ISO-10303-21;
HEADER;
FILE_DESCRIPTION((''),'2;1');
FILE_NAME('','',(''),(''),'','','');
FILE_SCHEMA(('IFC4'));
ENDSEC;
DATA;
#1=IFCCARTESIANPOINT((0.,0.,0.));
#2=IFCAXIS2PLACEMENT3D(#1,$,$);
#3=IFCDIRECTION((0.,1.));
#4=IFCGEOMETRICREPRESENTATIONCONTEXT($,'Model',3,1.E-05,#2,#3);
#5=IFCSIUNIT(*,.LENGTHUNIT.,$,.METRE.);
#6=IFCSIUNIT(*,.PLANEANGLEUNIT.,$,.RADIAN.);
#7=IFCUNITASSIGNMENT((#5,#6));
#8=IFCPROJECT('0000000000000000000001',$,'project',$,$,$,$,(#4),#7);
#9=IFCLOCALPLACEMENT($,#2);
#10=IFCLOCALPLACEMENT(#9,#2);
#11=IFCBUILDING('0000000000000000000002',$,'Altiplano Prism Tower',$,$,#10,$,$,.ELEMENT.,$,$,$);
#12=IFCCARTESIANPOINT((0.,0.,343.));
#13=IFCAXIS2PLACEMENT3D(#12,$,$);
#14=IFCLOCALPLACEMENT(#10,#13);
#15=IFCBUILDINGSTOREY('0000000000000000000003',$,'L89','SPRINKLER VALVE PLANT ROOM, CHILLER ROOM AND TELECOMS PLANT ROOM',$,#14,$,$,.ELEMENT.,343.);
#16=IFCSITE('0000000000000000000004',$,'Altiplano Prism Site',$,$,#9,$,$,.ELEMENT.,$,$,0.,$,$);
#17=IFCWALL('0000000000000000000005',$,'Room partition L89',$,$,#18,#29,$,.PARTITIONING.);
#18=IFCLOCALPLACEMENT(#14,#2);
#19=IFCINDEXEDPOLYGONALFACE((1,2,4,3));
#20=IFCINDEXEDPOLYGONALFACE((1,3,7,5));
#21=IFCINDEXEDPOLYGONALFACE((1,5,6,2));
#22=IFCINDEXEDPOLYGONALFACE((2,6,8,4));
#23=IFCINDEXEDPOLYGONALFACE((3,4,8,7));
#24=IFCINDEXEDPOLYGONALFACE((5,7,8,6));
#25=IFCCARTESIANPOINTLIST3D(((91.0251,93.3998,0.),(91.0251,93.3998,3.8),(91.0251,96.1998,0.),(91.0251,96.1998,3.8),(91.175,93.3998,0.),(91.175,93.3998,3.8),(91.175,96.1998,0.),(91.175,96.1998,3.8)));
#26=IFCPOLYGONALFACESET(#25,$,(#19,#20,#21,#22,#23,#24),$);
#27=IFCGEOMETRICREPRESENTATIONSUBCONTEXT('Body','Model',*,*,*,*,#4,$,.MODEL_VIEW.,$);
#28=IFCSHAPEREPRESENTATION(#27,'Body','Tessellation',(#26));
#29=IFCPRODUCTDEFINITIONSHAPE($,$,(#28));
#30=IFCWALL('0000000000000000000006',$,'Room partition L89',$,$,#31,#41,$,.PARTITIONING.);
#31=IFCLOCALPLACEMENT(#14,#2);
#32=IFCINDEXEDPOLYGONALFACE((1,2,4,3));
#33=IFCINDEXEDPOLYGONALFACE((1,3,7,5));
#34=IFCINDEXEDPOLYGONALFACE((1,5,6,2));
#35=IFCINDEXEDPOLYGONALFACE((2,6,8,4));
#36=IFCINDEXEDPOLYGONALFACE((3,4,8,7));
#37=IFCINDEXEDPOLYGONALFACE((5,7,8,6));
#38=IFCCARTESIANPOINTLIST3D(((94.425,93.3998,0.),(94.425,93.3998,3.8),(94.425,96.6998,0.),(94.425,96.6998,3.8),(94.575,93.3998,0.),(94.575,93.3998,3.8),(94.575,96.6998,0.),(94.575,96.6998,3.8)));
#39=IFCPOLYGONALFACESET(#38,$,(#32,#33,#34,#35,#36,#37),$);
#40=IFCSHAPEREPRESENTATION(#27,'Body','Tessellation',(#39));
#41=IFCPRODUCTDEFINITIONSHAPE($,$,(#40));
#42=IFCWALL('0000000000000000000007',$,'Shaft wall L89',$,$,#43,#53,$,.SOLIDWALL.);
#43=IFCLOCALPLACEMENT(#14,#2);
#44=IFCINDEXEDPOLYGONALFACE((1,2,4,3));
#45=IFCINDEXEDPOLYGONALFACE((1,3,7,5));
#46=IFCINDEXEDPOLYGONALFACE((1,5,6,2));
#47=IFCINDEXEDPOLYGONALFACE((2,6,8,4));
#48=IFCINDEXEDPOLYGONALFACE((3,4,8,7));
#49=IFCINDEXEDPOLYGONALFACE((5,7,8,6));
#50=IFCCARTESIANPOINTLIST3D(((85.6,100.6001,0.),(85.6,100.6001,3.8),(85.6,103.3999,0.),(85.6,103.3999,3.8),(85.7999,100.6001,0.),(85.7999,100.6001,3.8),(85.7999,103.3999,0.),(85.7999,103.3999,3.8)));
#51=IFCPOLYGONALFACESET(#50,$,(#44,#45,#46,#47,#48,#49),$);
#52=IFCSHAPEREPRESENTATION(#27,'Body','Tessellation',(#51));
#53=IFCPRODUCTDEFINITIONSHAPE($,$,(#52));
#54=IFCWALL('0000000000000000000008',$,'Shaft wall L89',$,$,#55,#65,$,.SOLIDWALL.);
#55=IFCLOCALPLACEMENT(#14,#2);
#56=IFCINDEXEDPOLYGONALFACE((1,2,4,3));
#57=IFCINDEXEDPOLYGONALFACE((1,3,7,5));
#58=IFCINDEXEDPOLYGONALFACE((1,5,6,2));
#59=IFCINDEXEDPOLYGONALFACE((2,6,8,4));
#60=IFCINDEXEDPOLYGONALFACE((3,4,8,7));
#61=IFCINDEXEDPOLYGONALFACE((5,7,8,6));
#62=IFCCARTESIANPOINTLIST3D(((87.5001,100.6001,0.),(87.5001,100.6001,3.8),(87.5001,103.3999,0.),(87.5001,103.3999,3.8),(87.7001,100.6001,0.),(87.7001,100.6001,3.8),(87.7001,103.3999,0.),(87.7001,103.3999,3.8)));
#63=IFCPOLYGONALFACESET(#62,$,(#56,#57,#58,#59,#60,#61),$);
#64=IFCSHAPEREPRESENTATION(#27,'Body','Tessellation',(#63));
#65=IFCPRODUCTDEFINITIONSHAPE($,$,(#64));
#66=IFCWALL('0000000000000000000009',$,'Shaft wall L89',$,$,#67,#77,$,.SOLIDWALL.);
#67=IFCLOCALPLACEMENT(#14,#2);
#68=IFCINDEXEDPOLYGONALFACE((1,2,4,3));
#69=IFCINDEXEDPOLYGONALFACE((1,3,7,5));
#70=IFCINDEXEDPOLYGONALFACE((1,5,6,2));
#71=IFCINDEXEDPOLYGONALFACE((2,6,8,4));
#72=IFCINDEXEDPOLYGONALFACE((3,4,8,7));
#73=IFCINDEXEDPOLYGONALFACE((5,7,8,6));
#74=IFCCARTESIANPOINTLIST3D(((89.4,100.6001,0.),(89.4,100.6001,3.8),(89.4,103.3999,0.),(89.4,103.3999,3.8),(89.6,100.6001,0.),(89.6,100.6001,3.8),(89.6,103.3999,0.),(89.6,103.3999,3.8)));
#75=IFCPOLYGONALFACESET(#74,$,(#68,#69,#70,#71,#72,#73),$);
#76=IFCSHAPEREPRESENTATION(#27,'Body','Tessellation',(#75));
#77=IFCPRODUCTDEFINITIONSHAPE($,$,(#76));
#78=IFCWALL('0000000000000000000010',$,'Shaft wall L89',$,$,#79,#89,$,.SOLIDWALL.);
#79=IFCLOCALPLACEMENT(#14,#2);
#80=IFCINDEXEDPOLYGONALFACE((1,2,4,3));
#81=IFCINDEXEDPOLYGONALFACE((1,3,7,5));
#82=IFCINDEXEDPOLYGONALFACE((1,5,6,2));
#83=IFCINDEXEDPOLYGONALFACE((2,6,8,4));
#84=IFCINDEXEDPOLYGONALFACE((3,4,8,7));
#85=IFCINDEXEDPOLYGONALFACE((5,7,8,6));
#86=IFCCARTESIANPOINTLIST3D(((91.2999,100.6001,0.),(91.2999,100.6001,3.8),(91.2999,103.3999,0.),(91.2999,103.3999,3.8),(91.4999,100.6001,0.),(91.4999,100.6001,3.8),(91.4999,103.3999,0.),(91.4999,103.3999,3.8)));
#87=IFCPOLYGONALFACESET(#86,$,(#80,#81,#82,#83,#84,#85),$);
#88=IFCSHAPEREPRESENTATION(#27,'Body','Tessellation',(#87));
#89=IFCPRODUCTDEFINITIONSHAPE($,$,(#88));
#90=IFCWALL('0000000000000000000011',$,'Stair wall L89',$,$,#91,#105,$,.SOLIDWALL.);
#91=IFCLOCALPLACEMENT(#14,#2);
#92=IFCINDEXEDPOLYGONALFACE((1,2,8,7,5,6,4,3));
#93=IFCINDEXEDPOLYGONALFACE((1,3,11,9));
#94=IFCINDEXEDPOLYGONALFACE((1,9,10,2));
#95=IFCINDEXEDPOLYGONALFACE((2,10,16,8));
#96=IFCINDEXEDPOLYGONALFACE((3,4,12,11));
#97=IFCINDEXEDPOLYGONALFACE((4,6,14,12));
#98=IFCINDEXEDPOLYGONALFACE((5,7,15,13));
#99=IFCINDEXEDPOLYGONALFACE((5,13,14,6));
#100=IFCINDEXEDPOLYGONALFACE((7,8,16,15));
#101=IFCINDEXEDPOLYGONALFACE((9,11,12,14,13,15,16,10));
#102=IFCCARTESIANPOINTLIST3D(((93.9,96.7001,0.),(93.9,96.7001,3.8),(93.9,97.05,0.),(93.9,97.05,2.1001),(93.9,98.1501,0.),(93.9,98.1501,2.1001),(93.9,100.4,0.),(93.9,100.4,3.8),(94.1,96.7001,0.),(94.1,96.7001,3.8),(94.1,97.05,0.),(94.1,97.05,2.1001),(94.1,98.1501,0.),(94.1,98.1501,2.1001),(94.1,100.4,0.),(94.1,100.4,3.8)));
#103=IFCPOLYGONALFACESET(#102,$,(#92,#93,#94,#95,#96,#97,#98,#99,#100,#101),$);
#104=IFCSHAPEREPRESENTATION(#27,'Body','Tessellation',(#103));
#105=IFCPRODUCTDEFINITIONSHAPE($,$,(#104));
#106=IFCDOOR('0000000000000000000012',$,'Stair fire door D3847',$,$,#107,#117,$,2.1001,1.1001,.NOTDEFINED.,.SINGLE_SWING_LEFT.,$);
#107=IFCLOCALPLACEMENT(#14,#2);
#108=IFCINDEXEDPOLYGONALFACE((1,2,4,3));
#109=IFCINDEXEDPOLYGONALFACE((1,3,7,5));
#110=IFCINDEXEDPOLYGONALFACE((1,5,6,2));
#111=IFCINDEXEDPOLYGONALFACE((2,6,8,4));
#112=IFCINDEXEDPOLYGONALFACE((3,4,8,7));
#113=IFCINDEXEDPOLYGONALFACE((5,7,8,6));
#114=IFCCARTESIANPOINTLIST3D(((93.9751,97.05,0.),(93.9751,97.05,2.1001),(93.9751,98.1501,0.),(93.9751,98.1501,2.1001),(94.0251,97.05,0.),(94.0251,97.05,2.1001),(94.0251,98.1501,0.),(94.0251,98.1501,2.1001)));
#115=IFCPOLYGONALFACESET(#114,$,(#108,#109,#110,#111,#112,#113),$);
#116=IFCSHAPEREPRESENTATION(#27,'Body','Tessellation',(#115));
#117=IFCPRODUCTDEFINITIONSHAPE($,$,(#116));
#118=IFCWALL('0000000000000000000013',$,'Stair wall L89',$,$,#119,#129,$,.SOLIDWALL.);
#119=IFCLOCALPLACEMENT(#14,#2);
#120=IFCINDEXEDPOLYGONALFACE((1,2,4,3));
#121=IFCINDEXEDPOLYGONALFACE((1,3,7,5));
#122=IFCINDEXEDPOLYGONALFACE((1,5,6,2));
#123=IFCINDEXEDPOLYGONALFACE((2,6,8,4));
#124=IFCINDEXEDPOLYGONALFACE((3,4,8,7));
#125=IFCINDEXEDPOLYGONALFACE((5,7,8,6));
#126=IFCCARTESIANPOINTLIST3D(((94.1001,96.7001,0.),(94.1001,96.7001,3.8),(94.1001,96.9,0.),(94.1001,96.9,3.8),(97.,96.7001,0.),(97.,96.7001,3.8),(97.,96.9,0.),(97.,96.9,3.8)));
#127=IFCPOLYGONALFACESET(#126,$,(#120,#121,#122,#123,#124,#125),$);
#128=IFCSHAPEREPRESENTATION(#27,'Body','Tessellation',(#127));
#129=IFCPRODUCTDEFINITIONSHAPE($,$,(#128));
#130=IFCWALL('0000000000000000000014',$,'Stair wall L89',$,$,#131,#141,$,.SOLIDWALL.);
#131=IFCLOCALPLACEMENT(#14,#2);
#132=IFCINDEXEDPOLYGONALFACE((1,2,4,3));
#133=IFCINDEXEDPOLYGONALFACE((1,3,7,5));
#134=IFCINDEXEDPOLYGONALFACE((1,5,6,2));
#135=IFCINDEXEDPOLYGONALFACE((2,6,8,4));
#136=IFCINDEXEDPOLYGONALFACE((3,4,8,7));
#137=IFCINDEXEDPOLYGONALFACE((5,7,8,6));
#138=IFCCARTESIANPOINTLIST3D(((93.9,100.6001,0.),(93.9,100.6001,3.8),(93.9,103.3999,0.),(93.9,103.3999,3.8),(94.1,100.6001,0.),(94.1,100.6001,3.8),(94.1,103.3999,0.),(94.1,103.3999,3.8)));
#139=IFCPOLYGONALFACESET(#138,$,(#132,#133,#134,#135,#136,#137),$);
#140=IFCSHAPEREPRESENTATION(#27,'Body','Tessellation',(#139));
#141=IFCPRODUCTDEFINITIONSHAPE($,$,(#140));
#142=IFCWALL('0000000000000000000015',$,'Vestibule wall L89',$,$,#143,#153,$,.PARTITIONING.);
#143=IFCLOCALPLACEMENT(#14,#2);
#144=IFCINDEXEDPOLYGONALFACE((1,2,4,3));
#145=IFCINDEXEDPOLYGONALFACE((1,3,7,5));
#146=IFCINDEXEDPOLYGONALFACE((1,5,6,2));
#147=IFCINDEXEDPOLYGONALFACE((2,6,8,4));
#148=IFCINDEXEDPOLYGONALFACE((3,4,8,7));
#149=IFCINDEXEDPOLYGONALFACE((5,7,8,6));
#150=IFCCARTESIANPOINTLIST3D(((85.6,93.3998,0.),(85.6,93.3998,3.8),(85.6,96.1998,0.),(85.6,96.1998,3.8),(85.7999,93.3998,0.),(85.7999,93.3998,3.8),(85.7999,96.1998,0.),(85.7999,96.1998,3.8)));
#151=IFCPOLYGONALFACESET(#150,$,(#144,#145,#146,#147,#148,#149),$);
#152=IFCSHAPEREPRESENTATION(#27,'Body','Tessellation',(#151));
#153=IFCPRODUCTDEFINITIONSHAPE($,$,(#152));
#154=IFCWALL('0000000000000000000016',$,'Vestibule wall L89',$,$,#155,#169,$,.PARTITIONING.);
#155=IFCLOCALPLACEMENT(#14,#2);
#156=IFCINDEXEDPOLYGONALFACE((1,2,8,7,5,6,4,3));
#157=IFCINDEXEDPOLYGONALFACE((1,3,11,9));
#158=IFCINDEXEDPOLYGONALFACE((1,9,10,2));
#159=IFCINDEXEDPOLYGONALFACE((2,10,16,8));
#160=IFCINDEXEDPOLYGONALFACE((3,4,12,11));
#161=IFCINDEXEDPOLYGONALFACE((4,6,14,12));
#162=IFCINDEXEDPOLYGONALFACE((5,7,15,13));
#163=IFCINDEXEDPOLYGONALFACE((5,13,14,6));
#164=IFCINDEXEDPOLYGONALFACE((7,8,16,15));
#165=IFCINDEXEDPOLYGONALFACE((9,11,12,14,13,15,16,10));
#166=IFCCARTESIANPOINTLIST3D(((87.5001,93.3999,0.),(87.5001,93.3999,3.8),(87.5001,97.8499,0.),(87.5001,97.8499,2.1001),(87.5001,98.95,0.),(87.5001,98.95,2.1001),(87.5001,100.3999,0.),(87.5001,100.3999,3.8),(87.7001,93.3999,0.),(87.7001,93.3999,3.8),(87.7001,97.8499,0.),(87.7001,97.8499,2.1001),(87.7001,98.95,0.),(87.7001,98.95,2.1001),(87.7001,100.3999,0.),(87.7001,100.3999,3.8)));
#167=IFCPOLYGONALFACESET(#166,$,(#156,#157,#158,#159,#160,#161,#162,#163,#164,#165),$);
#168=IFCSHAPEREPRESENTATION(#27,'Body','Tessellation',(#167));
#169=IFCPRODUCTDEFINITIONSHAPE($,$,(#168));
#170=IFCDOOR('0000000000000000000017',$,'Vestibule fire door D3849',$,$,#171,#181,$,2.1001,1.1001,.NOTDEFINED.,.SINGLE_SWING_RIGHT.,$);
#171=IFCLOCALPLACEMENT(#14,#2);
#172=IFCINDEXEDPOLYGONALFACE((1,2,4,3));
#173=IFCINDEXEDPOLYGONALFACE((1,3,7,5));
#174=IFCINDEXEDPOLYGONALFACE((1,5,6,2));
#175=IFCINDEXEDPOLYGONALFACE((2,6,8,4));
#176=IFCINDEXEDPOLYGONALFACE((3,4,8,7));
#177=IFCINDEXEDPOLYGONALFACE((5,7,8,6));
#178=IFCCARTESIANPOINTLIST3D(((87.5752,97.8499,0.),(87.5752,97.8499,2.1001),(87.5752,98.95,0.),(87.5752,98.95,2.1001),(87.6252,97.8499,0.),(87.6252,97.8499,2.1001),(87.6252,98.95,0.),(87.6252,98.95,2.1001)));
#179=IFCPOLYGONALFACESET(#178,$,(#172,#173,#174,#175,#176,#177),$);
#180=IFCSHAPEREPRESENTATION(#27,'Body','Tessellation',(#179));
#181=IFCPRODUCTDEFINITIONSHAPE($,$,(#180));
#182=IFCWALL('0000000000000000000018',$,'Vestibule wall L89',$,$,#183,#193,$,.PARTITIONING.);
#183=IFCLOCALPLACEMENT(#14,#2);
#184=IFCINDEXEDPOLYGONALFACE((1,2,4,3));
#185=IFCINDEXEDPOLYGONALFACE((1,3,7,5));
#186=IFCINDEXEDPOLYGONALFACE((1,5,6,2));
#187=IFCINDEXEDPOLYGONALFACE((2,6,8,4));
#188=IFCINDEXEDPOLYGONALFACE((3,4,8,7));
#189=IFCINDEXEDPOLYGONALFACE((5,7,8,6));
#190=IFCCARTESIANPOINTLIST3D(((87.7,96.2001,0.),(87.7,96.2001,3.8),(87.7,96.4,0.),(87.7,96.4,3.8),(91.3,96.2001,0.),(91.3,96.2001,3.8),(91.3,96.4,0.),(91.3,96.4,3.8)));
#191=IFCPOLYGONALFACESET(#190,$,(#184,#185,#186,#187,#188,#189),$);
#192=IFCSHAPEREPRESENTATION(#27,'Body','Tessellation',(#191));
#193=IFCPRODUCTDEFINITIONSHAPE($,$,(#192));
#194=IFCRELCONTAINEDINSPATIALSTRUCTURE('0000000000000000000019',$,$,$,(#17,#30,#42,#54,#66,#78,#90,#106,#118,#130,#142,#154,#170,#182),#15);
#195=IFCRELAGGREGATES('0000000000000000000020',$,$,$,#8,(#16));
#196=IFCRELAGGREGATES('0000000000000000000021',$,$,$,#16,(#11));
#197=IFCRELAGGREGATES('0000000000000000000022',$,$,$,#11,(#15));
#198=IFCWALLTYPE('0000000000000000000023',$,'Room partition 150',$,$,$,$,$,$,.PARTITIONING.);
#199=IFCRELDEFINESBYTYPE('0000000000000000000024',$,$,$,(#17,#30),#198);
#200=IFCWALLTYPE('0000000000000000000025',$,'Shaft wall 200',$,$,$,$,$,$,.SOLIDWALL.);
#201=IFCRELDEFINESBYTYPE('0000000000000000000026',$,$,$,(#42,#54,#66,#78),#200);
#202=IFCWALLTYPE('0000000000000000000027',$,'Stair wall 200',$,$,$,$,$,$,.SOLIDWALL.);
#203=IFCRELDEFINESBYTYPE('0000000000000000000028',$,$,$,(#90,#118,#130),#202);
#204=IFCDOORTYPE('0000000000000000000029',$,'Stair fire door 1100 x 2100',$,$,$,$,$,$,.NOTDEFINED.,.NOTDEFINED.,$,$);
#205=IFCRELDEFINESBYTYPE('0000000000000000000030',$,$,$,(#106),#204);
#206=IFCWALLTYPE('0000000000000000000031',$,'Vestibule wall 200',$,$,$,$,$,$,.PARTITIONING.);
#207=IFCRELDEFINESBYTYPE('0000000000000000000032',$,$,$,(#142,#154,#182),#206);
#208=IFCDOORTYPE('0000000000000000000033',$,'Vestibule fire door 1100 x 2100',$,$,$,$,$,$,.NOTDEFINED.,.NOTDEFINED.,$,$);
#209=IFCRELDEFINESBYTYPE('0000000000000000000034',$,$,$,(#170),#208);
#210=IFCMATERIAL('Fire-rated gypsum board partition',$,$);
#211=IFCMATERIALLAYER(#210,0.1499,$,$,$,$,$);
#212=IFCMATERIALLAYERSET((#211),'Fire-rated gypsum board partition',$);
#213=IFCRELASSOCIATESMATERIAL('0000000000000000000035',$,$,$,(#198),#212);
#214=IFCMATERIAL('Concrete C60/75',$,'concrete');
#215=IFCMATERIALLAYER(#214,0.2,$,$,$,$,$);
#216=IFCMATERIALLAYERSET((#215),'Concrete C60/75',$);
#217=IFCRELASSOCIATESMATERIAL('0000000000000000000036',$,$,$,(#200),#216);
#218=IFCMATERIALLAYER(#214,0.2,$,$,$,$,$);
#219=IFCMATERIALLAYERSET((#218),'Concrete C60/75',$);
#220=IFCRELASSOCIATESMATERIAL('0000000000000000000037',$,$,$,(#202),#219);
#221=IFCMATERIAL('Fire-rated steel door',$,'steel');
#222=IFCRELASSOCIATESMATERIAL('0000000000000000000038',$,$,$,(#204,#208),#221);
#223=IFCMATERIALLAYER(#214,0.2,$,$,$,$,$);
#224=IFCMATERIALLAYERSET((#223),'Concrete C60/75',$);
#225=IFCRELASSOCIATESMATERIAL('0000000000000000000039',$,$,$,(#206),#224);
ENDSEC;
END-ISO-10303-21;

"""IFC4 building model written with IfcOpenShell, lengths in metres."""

from ifc_helpers import new_model, si_unit, direction, frame, frame_2d, origin, place, context, subcontext, project, spatial, rectangle, extrude, material, layer, layer_set, type_object, element, fill, save


model = new_model("IFC4")

# Units and contexts
model_context = context("Model", 3, precision=1e-05, world=origin(), true_north=direction((0.0, 1.0)))
body_context = subcontext(model_context, "Body", "Model", "MODEL_VIEW")
ifc_project = project(units=[si_unit("LENGTHUNIT", "METRE"), si_unit("PLANEANGLEUNIT", "RADIAN")], contexts=[model_context])

# Site, building, storey
site_placement = place(None, origin())
site = spatial("IfcSite", under=ifc_project, at=site_placement, Name="Altiplano Prism Site", CompositionType="ELEMENT", RefElevation=0.0)
building_placement = place(site_placement, origin())
building = spatial("IfcBuilding", under=site, at=building_placement, Name="Altiplano Prism Tower", CompositionType="ELEMENT")
storey_placement = place(building_placement, frame((0.0, 0.0, 343.0)))
storey = spatial("IfcBuildingStorey", under=building, at=storey_placement, Name="L89", Description="SPRINKLER VALVE PLANT ROOM, CHILLER ROOM AND TELECOMS PLANT ROOM", CompositionType="ELEMENT", Elevation=343.0)

# Walls
ifc_material_1 = material(Name="Fire-rated gypsum board partition")
ifc_layer_1 = layer(ifc_material_1, 0.1499)
ifc_layer_set_1 = layer_set([ifc_layer_1], Name="Fire-rated gypsum board partition")
wall_type_1 = type_object("IfcWallType", Name="Room partition 150", PredefinedType="PARTITIONING", material=ifc_layer_set_1)
wall_1_placement = place(storey_placement, frame((91.1001, 93.3999, 0.0), z_axis=(0.0, 0.0, 1.0), x_axis=(0.0, 1.0, 0.0)))
element("IfcWall", 1, at=wall_1_placement, inside=storey, type_object=wall_type_1, Name="Room partition L89", PredefinedType="PARTITIONING", context=body_context, shape_type="SweptSolid", body=[
    extrude(rectangle(XDim=2.8, YDim=0.1499, at=frame_2d((1.3999, 0.0))), origin(), (0.0, 0.0, 1.0), 3.8),
])
wall_2_placement = place(storey_placement, frame((94.5, 93.3999, 0.0), z_axis=(0.0, 0.0, 1.0), x_axis=(0.0, 1.0, 0.0)))
element("IfcWall", 2, at=wall_2_placement, inside=storey, type_object=wall_type_1, Name="Room partition L89", PredefinedType="PARTITIONING", context=body_context, shape_type="SweptSolid", body=[
    extrude(rectangle(XDim=3.3, YDim=0.1499, at=frame_2d((1.6499, 0.0))), origin(), (0.0, 0.0, 1.0), 3.8),
])
ifc_material_2 = material(Name="Concrete C60/75", Category="concrete")
ifc_layer_2 = layer(ifc_material_2, 0.2)
ifc_layer_set_2 = layer_set([ifc_layer_2], Name="Concrete C60/75")
wall_type_2 = type_object("IfcWallType", Name="Shaft wall 200", PredefinedType="SOLIDWALL", material=ifc_layer_set_2)
for number, where, z_axis, x_axis, name in (
    (3, (85.7, 100.6001, 0.0), (0.0, 0.0, 1.0), (0.0, 1.0, 0.0), "Shaft wall L89"),
    (4, (87.6001, 100.6001, 0.0), (0.0, 0.0, 1.0), (0.0, 1.0, 0.0), "Shaft wall L89"),
    (5, (89.5, 100.6001, 0.0), (0.0, 0.0, 1.0), (0.0, 1.0, 0.0), "Shaft wall L89"),
    (6, (91.3999, 100.6001, 0.0), (0.0, 0.0, 1.0), (0.0, 1.0, 0.0), "Shaft wall L89"),
):
    element("IfcWall", number, at=place(storey_placement, frame(where, z_axis=z_axis, x_axis=x_axis)), inside=storey, type_object=wall_type_2, Name=name, PredefinedType="SOLIDWALL", context=body_context, shape_type="SweptSolid", body=[
        extrude(rectangle(XDim=2.7998, YDim=0.2, at=frame_2d((1.3999, 0.0))), origin(), (0.0, 0.0, 1.0), 3.8),
    ])

# Wall, opening, door
ifc_layer_3 = layer(ifc_material_2, 0.2)
ifc_layer_set_3 = layer_set([ifc_layer_3], Name="Concrete C60/75")
wall_type_3 = type_object("IfcWallType", Name="Stair wall 200", PredefinedType="SOLIDWALL", material=ifc_layer_set_3)
wall_3_placement = place(storey_placement, frame((94.0, 96.7, 0.0), z_axis=(0.0, 0.0, 1.0), x_axis=(0.0, 1.0, 0.0)))
wall_3 = element("IfcWall", 7, at=wall_3_placement, inside=storey, type_object=wall_type_3, Name="Stair wall L89", PredefinedType="SOLIDWALL", context=body_context, shape_type="SweptSolid", body=[
    extrude(rectangle(XDim=3.7, YDim=0.2, at=frame_2d((1.8501, 0.0))), origin(), (0.0, 0.0, 1.0), 3.8),
])
opening_1_placement = place(wall_3_placement, frame((0.3501, 0.0, 0.0)))
opening_1 = element("IfcOpeningElement", 8, at=opening_1_placement, cuts=wall_3, PredefinedType="OPENING", context=body_context, shape_type="SweptSolid", body=[
    extrude(rectangle(XDim=1.1001, YDim=2.1001, at=frame_2d((0.55, 1.05))), frame((0.0, 0.1104, 0.0), z_axis=(0.0, -1.0, 0.0), x_axis=(1.0, 0.0, 0.0)), (0.0, 0.0, 1.0), 0.2209),
])
ifc_material_3 = material(Name="Fire-rated steel door", Category="steel")
door_type_1 = type_object("IfcDoorType", Name="Stair fire door 1100 x 2100", OperationType="NOTDEFINED", PredefinedType="NOTDEFINED", material=ifc_material_3)
door_1_placement = place(opening_1_placement, origin())
door_1 = element("IfcDoor", 9, at=door_1_placement, inside=storey, type_object=door_type_1, Name="Stair fire door D3847", OperationType="SINGLE_SWING_LEFT", OverallHeight=2.1001, OverallWidth=1.1001, PredefinedType="NOTDEFINED", context=body_context, shape_type="SweptSolid", body=[
    extrude(rectangle(XDim=1.1001, YDim=2.1001, at=frame_2d((0.55, 1.05))), frame((0.0, 0.0249, 0.0), z_axis=(0.0, -1.0, 0.0), x_axis=(1.0, 0.0, 0.0)), (0.0, 0.0, 1.0), 0.05),
])
fill(opening_1, door_1)

# Walls
wall_4_placement = place(storey_placement, frame((94.1001, 96.8, 0.0), z_axis=(0.0, 0.0, 1.0), x_axis=(1.0, 0.0, 0.0)))
element("IfcWall", 10, at=wall_4_placement, inside=storey, type_object=wall_type_3, Name="Stair wall L89", PredefinedType="SOLIDWALL", context=body_context, shape_type="SweptSolid", body=[
    extrude(rectangle(XDim=2.8999, YDim=0.2, at=frame_2d((1.45, 0.0))), origin(), (0.0, 0.0, 1.0), 3.8),
])
wall_5_placement = place(storey_placement, frame((94.0, 100.6001, 0.0), z_axis=(0.0, 0.0, 1.0), x_axis=(0.0, 1.0, 0.0)))
element("IfcWall", 11, at=wall_5_placement, inside=storey, type_object=wall_type_3, Name="Stair wall L89", PredefinedType="SOLIDWALL", context=body_context, shape_type="SweptSolid", body=[
    extrude(rectangle(XDim=2.7998, YDim=0.2, at=frame_2d((1.3999, 0.0))), origin(), (0.0, 0.0, 1.0), 3.8),
])
ifc_layer_4 = layer(ifc_material_2, 0.2)
ifc_layer_set_4 = layer_set([ifc_layer_4], Name="Concrete C60/75")
wall_type_4 = type_object("IfcWallType", Name="Vestibule wall 200", PredefinedType="PARTITIONING", material=ifc_layer_set_4)
wall_6_placement = place(storey_placement, frame((85.7, 93.3999, 0.0), z_axis=(0.0, 0.0, 1.0), x_axis=(0.0, 1.0, 0.0)))
element("IfcWall", 12, at=wall_6_placement, inside=storey, type_object=wall_type_4, Name="Vestibule wall L89", PredefinedType="PARTITIONING", context=body_context, shape_type="SweptSolid", body=[
    extrude(rectangle(XDim=2.8, YDim=0.2, at=frame_2d((1.3999, 0.0))), origin(), (0.0, 0.0, 1.0), 3.8),
])

# Wall, opening, door
wall_7_placement = place(storey_placement, frame((87.6001, 93.3999, 0.0), z_axis=(0.0, 0.0, 1.0), x_axis=(0.0, 1.0, 0.0)))
wall_7 = element("IfcWall", 13, at=wall_7_placement, inside=storey, type_object=wall_type_4, Name="Vestibule wall L89", PredefinedType="PARTITIONING", context=body_context, shape_type="SweptSolid", body=[
    extrude(rectangle(XDim=7.0, YDim=0.2, at=frame_2d((3.5, 0.0))), origin(), (0.0, 0.0, 1.0), 3.8),
])
opening_2_placement = place(wall_7_placement, frame((4.45, 0.0, 0.0)))
opening_2 = element("IfcOpeningElement", 14, at=opening_2_placement, cuts=wall_7, PredefinedType="OPENING", context=body_context, shape_type="SweptSolid", body=[
    extrude(rectangle(XDim=1.1001, YDim=2.1001, at=frame_2d((0.55, 1.05))), frame((0.0, 0.1104, 0.0), z_axis=(0.0, -1.0, 0.0), x_axis=(1.0, 0.0, 0.0)), (0.0, 0.0, 1.0), 0.2209),
])
door_type_2 = type_object("IfcDoorType", Name="Vestibule fire door 1100 x 2100", OperationType="NOTDEFINED", PredefinedType="NOTDEFINED", material=ifc_material_3)
door_2_placement = place(opening_2_placement, origin())
door_2 = element("IfcDoor", 15, at=door_2_placement, inside=storey, type_object=door_type_2, Name="Vestibule fire door D3849", OperationType="SINGLE_SWING_RIGHT", OverallHeight=2.1001, OverallWidth=1.1001, PredefinedType="NOTDEFINED", context=body_context, shape_type="SweptSolid", body=[
    extrude(rectangle(XDim=1.1001, YDim=2.1001, at=frame_2d((0.55, 1.05))), frame((0.0, 0.0249, 0.0), z_axis=(0.0, -1.0, 0.0), x_axis=(1.0, 0.0, 0.0)), (0.0, 0.0, 1.0), 0.05),
])
fill(opening_2, door_2)

# Wall
wall_8_placement = place(storey_placement, frame((87.7, 96.3, 0.0), z_axis=(0.0, 0.0, 1.0), x_axis=(1.0, 0.0, 0.0)))
element("IfcWall", 16, at=wall_8_placement, inside=storey, type_object=wall_type_4, Name="Vestibule wall L89", PredefinedType="PARTITIONING", context=body_context, shape_type="SweptSolid", body=[
    extrude(rectangle(XDim=3.6001, YDim=0.2, at=frame_2d((1.8, 0.0))), origin(), (0.0, 0.0, 1.0), 3.8),
])

save(model, "model.ifc")
